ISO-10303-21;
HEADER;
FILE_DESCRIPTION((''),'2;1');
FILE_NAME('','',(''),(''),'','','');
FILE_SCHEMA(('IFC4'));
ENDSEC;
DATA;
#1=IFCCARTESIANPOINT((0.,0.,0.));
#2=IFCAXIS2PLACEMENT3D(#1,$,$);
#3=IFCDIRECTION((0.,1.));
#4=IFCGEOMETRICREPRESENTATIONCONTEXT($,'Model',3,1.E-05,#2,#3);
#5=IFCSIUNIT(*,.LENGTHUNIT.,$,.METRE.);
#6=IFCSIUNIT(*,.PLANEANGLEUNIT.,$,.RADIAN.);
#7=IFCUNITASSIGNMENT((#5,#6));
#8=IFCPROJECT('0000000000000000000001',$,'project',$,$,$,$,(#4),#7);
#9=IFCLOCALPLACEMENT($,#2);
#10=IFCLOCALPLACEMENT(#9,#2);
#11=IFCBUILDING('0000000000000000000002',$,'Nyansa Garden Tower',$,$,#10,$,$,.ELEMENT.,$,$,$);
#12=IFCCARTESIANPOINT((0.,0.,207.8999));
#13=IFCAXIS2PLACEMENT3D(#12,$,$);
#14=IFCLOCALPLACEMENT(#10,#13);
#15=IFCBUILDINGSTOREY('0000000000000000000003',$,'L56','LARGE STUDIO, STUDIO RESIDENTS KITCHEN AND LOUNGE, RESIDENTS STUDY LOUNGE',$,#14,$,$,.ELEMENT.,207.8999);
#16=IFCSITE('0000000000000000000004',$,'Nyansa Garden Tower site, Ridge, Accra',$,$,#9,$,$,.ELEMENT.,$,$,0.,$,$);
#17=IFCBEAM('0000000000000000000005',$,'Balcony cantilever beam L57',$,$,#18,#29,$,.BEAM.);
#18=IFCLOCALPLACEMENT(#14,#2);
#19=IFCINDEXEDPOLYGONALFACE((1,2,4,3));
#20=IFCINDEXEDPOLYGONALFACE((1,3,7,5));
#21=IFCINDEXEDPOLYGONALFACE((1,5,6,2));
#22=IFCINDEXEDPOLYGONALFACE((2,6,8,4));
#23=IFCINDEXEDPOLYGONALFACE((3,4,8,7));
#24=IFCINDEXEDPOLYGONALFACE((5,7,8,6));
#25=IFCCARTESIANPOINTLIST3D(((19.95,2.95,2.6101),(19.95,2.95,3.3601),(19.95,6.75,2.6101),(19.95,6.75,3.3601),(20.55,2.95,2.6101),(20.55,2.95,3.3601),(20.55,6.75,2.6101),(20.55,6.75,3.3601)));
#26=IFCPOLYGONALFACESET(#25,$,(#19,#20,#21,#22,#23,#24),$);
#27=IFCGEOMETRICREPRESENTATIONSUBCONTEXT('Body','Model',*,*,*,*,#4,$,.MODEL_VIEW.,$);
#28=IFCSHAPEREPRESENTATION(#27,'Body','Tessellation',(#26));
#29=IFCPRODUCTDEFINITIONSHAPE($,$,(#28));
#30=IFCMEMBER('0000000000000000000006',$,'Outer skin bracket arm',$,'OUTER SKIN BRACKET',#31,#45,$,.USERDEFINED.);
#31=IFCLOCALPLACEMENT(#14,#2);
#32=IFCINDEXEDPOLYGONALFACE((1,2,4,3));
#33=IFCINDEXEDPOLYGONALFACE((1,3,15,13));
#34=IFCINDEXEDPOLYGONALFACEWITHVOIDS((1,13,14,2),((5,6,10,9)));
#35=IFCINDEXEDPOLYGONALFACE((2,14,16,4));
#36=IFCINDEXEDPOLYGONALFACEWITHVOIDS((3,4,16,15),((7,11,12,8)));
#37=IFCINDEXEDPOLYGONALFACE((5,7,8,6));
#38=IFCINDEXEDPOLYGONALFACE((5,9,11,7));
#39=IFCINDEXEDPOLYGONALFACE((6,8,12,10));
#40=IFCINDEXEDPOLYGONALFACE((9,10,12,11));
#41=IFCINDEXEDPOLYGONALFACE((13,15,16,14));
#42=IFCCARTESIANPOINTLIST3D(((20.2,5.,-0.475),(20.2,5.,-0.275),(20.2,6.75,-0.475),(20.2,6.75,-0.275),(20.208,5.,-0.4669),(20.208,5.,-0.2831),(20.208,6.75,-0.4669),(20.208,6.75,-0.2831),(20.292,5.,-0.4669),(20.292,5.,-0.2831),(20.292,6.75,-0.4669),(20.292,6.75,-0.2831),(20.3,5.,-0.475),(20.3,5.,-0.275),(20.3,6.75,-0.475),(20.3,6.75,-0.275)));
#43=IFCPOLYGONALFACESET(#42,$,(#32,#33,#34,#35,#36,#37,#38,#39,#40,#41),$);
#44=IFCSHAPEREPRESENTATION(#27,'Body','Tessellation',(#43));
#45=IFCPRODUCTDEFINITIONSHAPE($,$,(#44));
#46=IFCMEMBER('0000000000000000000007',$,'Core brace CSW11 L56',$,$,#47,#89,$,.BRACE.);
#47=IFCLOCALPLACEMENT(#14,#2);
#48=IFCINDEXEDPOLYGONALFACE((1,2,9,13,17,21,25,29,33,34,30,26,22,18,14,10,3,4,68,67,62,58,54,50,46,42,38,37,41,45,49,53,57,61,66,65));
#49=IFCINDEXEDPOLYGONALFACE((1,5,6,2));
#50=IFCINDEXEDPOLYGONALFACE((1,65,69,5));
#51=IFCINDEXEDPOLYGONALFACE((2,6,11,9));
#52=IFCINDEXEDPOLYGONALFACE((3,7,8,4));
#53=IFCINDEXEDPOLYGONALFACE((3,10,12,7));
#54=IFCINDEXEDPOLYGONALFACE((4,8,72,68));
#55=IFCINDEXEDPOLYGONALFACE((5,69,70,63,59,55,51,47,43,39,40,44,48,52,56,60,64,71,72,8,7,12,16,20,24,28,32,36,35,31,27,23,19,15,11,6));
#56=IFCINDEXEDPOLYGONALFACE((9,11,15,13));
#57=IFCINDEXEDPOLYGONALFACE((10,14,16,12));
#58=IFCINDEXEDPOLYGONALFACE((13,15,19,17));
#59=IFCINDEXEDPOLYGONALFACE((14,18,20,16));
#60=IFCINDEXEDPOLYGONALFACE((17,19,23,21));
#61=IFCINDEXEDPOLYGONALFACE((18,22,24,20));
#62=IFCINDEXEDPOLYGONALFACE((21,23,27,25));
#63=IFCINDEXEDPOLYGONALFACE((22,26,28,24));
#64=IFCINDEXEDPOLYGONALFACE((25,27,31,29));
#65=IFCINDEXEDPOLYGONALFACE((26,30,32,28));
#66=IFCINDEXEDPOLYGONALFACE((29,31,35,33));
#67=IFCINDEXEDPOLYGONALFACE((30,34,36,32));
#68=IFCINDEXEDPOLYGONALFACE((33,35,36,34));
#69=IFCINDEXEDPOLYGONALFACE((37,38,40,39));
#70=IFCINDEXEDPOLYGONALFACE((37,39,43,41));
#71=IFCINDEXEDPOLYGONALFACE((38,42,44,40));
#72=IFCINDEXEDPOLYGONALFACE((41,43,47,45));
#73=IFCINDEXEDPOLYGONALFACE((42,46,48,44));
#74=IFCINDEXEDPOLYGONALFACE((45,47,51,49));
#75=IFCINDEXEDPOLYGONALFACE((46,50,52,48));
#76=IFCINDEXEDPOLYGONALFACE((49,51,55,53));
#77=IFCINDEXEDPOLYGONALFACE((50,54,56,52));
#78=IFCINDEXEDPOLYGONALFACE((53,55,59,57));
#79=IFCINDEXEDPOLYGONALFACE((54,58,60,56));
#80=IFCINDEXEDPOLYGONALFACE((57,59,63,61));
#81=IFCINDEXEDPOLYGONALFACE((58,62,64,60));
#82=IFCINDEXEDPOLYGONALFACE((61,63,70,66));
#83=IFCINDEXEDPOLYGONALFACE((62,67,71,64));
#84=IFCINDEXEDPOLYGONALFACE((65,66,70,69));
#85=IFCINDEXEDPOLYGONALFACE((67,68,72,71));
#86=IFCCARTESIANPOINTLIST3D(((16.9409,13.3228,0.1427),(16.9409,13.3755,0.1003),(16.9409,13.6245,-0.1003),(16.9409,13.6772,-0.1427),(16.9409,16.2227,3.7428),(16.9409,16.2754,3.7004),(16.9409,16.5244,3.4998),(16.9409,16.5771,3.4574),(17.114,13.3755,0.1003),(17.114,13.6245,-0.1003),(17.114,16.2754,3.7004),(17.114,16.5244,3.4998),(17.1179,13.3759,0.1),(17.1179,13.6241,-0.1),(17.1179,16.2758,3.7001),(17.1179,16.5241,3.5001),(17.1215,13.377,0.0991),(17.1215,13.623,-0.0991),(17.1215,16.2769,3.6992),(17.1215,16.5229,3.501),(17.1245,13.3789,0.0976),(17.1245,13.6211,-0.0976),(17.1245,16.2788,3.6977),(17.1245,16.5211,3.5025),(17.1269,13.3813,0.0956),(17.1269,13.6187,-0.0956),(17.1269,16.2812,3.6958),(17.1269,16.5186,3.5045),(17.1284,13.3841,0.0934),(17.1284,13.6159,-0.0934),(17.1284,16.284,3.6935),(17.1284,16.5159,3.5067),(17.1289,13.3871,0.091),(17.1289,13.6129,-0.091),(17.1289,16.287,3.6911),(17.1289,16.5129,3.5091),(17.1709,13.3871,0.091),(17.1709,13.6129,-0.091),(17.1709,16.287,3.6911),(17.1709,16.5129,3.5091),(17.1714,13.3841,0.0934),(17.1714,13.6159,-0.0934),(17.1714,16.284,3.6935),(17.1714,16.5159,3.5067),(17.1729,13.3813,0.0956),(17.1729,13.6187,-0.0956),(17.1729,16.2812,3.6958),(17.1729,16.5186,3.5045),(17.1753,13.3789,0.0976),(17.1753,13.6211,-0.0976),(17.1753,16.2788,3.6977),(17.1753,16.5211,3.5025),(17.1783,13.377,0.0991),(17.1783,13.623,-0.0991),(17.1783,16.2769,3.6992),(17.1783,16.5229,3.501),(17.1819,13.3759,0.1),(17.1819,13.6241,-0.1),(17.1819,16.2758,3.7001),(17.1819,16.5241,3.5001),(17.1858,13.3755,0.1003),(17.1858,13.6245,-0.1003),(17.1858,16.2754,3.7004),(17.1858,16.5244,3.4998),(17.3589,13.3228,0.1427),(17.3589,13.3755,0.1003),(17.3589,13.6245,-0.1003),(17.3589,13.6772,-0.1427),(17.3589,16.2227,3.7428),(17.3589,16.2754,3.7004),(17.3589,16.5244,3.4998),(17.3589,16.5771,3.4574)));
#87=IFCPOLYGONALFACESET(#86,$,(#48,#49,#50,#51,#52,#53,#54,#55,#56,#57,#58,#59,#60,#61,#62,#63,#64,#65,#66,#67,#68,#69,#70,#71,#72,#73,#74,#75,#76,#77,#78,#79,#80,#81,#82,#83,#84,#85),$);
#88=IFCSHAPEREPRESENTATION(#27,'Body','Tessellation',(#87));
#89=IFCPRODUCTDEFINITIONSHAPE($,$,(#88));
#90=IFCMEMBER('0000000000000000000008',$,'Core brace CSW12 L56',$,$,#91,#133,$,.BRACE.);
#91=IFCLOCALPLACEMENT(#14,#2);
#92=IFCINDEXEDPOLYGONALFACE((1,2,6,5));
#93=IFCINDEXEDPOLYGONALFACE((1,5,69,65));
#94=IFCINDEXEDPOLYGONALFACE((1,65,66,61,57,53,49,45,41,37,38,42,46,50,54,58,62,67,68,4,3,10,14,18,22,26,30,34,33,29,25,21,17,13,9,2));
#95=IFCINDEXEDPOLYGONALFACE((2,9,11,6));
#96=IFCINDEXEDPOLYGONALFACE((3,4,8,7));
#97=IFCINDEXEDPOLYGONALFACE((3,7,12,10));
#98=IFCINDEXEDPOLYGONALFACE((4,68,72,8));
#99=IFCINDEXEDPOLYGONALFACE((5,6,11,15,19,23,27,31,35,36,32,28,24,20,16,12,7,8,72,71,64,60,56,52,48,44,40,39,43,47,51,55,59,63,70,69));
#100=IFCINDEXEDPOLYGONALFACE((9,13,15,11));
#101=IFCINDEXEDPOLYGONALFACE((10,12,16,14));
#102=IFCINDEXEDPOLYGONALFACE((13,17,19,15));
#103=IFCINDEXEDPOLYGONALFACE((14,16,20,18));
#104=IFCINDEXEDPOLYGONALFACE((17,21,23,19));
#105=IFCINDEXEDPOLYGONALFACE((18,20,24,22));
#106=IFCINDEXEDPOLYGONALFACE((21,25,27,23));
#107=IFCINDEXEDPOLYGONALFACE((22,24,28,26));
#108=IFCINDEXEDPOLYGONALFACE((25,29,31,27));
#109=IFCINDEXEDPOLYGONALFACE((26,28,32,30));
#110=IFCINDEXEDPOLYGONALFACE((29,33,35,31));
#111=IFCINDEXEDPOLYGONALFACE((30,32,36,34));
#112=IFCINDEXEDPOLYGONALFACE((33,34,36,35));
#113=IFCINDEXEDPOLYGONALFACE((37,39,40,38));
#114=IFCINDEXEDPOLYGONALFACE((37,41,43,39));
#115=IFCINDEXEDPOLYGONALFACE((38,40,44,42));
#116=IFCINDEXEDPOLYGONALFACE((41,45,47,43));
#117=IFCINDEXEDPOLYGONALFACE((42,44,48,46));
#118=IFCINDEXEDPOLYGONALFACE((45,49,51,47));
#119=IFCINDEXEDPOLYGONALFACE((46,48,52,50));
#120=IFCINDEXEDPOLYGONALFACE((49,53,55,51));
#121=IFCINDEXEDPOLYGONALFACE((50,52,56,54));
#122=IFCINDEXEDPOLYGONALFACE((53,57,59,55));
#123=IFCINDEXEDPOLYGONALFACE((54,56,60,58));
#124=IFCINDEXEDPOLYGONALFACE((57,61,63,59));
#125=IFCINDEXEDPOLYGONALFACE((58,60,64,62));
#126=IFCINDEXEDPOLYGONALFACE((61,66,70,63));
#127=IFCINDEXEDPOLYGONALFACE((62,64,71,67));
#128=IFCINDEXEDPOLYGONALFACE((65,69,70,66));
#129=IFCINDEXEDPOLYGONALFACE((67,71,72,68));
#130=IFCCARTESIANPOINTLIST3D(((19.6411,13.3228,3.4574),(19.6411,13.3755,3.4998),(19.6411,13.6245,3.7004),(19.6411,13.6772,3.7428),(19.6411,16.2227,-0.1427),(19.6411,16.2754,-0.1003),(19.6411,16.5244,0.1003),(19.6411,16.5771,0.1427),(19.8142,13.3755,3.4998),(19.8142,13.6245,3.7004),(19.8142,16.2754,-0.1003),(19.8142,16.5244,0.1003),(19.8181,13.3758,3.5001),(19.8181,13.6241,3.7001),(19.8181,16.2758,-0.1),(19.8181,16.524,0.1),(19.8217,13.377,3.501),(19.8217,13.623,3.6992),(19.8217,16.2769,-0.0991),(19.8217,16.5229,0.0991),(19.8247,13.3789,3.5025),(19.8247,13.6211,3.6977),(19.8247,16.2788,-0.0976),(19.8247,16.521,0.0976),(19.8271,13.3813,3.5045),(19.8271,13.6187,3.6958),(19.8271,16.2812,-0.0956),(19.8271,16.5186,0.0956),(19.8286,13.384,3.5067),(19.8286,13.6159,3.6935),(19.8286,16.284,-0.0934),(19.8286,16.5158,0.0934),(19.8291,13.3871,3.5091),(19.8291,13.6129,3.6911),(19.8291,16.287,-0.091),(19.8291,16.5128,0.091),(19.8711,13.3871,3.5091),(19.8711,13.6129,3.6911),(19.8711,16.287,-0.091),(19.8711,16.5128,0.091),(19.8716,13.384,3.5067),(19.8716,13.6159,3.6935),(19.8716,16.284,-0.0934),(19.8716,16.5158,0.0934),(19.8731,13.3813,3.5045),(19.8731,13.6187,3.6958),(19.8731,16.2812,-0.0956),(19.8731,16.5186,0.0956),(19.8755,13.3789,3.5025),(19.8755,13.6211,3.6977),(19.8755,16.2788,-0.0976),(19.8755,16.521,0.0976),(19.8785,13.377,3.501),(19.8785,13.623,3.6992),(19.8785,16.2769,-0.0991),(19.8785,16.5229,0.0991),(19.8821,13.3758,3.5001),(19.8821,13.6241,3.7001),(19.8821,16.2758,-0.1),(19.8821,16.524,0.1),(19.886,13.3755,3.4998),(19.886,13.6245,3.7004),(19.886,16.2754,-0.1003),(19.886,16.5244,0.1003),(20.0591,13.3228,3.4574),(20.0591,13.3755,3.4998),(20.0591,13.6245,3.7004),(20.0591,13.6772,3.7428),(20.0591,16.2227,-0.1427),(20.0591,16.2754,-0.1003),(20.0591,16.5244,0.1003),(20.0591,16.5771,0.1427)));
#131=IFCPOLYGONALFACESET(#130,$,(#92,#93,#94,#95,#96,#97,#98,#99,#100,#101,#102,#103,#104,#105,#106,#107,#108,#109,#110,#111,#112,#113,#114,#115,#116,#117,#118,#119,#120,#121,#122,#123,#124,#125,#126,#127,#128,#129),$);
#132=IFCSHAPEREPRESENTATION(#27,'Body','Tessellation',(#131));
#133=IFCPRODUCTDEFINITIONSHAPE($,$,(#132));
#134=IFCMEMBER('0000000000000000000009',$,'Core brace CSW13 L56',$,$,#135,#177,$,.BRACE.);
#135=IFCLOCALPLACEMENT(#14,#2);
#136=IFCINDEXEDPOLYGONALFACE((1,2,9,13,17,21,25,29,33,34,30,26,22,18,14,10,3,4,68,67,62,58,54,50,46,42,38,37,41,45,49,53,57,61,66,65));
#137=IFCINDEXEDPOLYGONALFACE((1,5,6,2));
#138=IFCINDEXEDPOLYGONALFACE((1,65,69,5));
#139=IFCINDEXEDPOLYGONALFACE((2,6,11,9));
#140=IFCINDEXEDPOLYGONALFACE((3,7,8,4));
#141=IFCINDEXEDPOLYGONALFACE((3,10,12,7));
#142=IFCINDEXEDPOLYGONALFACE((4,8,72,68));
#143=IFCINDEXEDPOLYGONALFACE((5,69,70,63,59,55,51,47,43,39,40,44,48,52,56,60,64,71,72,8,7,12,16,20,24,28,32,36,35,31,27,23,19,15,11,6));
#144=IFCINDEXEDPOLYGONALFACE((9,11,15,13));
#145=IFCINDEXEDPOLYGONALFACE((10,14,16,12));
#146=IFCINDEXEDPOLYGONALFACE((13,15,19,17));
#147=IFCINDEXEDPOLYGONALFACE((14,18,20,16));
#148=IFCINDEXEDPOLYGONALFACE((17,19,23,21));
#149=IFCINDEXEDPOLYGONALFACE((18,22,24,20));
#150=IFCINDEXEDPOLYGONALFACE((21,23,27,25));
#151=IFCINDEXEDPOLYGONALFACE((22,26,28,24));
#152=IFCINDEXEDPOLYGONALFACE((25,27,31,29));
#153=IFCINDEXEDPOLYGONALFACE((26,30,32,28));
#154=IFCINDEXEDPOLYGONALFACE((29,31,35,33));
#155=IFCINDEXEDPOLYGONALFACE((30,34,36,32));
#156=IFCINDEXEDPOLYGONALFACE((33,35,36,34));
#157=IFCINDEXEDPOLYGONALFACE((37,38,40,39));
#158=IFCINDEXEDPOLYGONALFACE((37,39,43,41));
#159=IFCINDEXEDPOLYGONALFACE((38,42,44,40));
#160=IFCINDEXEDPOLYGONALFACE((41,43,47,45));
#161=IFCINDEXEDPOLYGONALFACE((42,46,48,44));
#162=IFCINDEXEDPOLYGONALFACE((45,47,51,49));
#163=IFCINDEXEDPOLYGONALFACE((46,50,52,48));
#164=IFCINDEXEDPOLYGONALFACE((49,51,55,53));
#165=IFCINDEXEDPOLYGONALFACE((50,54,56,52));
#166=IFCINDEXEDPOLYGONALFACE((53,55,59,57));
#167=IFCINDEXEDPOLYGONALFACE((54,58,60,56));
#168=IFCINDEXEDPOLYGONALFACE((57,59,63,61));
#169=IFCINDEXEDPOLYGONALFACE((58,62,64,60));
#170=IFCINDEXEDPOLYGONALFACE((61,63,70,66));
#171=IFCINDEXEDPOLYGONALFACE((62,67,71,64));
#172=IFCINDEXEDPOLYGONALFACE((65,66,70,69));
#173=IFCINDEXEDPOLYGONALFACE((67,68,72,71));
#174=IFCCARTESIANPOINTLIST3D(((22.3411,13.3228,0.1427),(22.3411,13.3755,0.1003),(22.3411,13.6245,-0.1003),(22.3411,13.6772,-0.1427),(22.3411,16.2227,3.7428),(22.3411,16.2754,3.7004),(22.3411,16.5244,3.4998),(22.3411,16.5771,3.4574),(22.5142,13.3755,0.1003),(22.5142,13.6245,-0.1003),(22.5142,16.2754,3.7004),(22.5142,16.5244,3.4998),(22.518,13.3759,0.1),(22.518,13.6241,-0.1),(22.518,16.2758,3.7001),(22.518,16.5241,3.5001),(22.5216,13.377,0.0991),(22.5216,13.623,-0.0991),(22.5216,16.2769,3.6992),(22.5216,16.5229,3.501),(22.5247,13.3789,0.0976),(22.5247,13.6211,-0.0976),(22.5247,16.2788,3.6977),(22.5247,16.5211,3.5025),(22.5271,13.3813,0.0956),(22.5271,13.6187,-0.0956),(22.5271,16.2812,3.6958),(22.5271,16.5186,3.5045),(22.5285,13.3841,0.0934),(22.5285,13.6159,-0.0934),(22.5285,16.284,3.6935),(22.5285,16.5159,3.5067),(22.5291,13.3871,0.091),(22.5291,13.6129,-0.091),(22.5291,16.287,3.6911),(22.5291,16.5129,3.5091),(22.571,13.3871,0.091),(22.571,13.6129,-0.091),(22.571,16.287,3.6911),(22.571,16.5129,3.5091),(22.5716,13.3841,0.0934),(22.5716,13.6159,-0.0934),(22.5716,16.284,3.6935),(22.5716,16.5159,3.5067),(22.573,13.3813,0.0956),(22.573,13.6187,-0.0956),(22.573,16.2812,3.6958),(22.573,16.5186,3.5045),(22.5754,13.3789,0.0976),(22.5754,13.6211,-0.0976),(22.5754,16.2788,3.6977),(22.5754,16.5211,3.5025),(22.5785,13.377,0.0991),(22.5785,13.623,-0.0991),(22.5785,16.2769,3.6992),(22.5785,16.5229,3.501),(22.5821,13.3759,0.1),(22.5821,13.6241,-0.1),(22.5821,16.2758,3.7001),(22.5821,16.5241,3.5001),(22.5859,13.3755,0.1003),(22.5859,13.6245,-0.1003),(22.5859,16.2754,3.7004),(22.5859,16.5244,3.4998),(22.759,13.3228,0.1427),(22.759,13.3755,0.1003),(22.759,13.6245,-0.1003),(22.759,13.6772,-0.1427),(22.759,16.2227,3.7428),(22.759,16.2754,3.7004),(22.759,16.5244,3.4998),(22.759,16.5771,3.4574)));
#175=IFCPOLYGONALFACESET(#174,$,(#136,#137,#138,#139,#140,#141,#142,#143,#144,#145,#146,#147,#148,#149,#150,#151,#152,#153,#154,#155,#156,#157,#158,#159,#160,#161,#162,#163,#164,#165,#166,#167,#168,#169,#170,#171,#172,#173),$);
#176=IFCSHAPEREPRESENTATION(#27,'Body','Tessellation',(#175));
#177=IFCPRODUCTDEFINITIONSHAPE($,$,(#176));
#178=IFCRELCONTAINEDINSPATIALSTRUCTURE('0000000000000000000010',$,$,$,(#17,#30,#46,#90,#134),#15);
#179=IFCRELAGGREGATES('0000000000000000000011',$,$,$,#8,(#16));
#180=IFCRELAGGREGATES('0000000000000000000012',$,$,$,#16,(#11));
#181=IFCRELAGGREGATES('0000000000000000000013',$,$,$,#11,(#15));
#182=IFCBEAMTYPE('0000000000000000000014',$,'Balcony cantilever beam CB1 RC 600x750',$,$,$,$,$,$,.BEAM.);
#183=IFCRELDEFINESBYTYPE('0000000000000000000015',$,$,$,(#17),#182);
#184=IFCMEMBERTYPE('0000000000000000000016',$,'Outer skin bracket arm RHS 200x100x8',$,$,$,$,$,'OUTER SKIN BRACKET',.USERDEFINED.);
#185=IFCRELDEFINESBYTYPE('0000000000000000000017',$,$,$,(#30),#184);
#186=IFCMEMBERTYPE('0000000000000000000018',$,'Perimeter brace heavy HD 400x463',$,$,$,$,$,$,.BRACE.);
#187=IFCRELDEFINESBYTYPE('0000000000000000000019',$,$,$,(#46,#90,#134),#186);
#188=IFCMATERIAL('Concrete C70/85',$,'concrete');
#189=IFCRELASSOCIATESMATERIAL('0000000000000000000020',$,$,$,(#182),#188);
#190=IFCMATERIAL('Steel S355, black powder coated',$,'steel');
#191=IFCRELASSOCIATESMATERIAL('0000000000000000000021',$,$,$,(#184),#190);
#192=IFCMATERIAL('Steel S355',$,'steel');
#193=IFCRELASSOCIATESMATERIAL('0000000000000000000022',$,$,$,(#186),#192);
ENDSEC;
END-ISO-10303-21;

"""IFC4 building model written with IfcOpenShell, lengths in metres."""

from ifc_helpers import new_model, si_unit, direction, frame, origin, origin_2d, place, context, subcontext, project, spatial, rectangle, hollow_rectangle, i_section, extrude, material, material_profile, profile_set, type_object, element, save


model = new_model("IFC4")

# Units and contexts
model_context = context("Model", 3, precision=1e-05, world=origin(), true_north=direction((0.0, 1.0)))
body_context = subcontext(model_context, "Body", "Model", "MODEL_VIEW")
ifc_project = project(units=[si_unit("LENGTHUNIT", "METRE"), si_unit("PLANEANGLEUNIT", "RADIAN")], contexts=[model_context])

# Site, building, storey
site_placement = place(None, origin())
site = spatial("IfcSite", under=ifc_project, at=site_placement, Name="Nyansa Garden Tower site, Ridge, Accra", CompositionType="ELEMENT", RefElevation=0.0)
building_placement = place(site_placement, origin())
building = spatial("IfcBuilding", under=site, at=building_placement, Name="Nyansa Garden Tower", CompositionType="ELEMENT")
storey_placement = place(building_placement, frame((0.0, 0.0, 207.8999)))
storey = spatial("IfcBuildingStorey", under=building, at=storey_placement, Name="L56", Description="LARGE STUDIO, STUDIO RESIDENTS KITCHEN AND LOUNGE, RESIDENTS STUDY LOUNGE", CompositionType="ELEMENT", Elevation=207.8999)

# Beam
ifc_material_1 = material(Name="Concrete C70/85", Category="concrete")
ifc_material_profile_1 = material_profile(ifc_material_1, rectangle(XDim=0.6001, YDim=0.75, at=origin_2d()), Name="RC 600x750")
ifc_profile_set_1 = profile_set([ifc_material_profile_1], Name="Concrete C70/85")
beam_type_1 = type_object("IfcBeamType", Name="Balcony cantilever beam CB1 RC 600x750", PredefinedType="BEAM", material=ifc_profile_set_1)
beam_1_placement = place(storey_placement, frame((20.25, 6.75, 2.9851), z_axis=(0.0, -1.0, 0.0), x_axis=(1.0, 0.0, 0.0)))
element("IfcBeam", 1, at=beam_1_placement, inside=storey, type_object=beam_type_1, Name="Balcony cantilever beam L57", PredefinedType="BEAM", context=body_context, shape_type="SweptSolid", body=[
    extrude(rectangle(XDim=0.6001, YDim=0.75, at=origin_2d()), origin(), (0.0, 0.0, 1.0), 3.8),
])

# Members
ifc_material_2 = material(Name="Steel S355, black powder coated", Category="steel")
ifc_material_profile_2 = material_profile(ifc_material_2, hollow_rectangle(XDim=0.1001, YDim=0.2, WallThickness=0.0081, at=origin_2d()), Name="RHS 200x100x8")
ifc_profile_set_2 = profile_set([ifc_material_profile_2], Name="Steel S355, black powder coated")
member_type_1 = type_object("IfcMemberType", Name="Outer skin bracket arm RHS 200x100x8", ElementType="OUTER SKIN BRACKET", PredefinedType="USERDEFINED", material=ifc_profile_set_2)
member_placement = place(storey_placement, frame((20.25, 6.75, -0.375), z_axis=(0.0, -1.0, 0.0), x_axis=(1.0, 0.0, 0.0)))
element("IfcMember", 2, at=member_placement, inside=storey, type_object=member_type_1, Name="Outer skin bracket arm", ObjectType="OUTER SKIN BRACKET", PredefinedType="USERDEFINED", context=body_context, shape_type="SweptSolid", body=[
    extrude(hollow_rectangle(XDim=0.1001, YDim=0.2, WallThickness=0.0081, at=origin_2d()), origin(), (0.0, 0.0, 1.0), 1.75),
])
ifc_material_3 = material(Name="Steel S355", Category="steel")
ifc_material_profile_3 = material_profile(ifc_material_3, i_section(OverallWidth=0.418, OverallDepth=0.4551, WebThickness=0.042, FlangeThickness=0.0676, FilletRadius=0.0149, at=origin_2d()), Name="HD 400x463")
ifc_profile_set_3 = profile_set([ifc_material_profile_3], Name="Steel S355")
member_type_2 = type_object("IfcMemberType", Name="Perimeter brace heavy HD 400x463", PredefinedType="BRACE", material=ifc_profile_set_3)
for number, where, z_axis, x_axis, name in (
    (3, (17.1499, 13.5, 0.0), (0.0, 0.627306, 0.778773), (-1.0, 0.0, 0.0), "Core brace CSW11 L56"),
    (4, (19.8501, 16.3999, 0.0), (0.0, -0.627306, 0.778773), (1.0, 0.0, 0.0), "Core brace CSW12 L56"),
    (5, (22.55, 13.5, 0.0), (0.0, 0.627306, 0.778773), (-1.0, 0.0, 0.0), "Core brace CSW13 L56"),
):
    element("IfcMember", number, at=place(storey_placement, frame(where, z_axis=z_axis, x_axis=x_axis)), inside=storey, type_object=member_type_2, Name=name, PredefinedType="BRACE", context=body_context, shape_type="SweptSolid", body=[
        extrude(i_section(OverallWidth=0.418, OverallDepth=0.4551, WebThickness=0.042, FlangeThickness=0.0676, FilletRadius=0.0149, at=origin_2d()), origin(), (0.0, 0.0, 1.0), 4.6228),
    ])

save(model, "model.ifc")
